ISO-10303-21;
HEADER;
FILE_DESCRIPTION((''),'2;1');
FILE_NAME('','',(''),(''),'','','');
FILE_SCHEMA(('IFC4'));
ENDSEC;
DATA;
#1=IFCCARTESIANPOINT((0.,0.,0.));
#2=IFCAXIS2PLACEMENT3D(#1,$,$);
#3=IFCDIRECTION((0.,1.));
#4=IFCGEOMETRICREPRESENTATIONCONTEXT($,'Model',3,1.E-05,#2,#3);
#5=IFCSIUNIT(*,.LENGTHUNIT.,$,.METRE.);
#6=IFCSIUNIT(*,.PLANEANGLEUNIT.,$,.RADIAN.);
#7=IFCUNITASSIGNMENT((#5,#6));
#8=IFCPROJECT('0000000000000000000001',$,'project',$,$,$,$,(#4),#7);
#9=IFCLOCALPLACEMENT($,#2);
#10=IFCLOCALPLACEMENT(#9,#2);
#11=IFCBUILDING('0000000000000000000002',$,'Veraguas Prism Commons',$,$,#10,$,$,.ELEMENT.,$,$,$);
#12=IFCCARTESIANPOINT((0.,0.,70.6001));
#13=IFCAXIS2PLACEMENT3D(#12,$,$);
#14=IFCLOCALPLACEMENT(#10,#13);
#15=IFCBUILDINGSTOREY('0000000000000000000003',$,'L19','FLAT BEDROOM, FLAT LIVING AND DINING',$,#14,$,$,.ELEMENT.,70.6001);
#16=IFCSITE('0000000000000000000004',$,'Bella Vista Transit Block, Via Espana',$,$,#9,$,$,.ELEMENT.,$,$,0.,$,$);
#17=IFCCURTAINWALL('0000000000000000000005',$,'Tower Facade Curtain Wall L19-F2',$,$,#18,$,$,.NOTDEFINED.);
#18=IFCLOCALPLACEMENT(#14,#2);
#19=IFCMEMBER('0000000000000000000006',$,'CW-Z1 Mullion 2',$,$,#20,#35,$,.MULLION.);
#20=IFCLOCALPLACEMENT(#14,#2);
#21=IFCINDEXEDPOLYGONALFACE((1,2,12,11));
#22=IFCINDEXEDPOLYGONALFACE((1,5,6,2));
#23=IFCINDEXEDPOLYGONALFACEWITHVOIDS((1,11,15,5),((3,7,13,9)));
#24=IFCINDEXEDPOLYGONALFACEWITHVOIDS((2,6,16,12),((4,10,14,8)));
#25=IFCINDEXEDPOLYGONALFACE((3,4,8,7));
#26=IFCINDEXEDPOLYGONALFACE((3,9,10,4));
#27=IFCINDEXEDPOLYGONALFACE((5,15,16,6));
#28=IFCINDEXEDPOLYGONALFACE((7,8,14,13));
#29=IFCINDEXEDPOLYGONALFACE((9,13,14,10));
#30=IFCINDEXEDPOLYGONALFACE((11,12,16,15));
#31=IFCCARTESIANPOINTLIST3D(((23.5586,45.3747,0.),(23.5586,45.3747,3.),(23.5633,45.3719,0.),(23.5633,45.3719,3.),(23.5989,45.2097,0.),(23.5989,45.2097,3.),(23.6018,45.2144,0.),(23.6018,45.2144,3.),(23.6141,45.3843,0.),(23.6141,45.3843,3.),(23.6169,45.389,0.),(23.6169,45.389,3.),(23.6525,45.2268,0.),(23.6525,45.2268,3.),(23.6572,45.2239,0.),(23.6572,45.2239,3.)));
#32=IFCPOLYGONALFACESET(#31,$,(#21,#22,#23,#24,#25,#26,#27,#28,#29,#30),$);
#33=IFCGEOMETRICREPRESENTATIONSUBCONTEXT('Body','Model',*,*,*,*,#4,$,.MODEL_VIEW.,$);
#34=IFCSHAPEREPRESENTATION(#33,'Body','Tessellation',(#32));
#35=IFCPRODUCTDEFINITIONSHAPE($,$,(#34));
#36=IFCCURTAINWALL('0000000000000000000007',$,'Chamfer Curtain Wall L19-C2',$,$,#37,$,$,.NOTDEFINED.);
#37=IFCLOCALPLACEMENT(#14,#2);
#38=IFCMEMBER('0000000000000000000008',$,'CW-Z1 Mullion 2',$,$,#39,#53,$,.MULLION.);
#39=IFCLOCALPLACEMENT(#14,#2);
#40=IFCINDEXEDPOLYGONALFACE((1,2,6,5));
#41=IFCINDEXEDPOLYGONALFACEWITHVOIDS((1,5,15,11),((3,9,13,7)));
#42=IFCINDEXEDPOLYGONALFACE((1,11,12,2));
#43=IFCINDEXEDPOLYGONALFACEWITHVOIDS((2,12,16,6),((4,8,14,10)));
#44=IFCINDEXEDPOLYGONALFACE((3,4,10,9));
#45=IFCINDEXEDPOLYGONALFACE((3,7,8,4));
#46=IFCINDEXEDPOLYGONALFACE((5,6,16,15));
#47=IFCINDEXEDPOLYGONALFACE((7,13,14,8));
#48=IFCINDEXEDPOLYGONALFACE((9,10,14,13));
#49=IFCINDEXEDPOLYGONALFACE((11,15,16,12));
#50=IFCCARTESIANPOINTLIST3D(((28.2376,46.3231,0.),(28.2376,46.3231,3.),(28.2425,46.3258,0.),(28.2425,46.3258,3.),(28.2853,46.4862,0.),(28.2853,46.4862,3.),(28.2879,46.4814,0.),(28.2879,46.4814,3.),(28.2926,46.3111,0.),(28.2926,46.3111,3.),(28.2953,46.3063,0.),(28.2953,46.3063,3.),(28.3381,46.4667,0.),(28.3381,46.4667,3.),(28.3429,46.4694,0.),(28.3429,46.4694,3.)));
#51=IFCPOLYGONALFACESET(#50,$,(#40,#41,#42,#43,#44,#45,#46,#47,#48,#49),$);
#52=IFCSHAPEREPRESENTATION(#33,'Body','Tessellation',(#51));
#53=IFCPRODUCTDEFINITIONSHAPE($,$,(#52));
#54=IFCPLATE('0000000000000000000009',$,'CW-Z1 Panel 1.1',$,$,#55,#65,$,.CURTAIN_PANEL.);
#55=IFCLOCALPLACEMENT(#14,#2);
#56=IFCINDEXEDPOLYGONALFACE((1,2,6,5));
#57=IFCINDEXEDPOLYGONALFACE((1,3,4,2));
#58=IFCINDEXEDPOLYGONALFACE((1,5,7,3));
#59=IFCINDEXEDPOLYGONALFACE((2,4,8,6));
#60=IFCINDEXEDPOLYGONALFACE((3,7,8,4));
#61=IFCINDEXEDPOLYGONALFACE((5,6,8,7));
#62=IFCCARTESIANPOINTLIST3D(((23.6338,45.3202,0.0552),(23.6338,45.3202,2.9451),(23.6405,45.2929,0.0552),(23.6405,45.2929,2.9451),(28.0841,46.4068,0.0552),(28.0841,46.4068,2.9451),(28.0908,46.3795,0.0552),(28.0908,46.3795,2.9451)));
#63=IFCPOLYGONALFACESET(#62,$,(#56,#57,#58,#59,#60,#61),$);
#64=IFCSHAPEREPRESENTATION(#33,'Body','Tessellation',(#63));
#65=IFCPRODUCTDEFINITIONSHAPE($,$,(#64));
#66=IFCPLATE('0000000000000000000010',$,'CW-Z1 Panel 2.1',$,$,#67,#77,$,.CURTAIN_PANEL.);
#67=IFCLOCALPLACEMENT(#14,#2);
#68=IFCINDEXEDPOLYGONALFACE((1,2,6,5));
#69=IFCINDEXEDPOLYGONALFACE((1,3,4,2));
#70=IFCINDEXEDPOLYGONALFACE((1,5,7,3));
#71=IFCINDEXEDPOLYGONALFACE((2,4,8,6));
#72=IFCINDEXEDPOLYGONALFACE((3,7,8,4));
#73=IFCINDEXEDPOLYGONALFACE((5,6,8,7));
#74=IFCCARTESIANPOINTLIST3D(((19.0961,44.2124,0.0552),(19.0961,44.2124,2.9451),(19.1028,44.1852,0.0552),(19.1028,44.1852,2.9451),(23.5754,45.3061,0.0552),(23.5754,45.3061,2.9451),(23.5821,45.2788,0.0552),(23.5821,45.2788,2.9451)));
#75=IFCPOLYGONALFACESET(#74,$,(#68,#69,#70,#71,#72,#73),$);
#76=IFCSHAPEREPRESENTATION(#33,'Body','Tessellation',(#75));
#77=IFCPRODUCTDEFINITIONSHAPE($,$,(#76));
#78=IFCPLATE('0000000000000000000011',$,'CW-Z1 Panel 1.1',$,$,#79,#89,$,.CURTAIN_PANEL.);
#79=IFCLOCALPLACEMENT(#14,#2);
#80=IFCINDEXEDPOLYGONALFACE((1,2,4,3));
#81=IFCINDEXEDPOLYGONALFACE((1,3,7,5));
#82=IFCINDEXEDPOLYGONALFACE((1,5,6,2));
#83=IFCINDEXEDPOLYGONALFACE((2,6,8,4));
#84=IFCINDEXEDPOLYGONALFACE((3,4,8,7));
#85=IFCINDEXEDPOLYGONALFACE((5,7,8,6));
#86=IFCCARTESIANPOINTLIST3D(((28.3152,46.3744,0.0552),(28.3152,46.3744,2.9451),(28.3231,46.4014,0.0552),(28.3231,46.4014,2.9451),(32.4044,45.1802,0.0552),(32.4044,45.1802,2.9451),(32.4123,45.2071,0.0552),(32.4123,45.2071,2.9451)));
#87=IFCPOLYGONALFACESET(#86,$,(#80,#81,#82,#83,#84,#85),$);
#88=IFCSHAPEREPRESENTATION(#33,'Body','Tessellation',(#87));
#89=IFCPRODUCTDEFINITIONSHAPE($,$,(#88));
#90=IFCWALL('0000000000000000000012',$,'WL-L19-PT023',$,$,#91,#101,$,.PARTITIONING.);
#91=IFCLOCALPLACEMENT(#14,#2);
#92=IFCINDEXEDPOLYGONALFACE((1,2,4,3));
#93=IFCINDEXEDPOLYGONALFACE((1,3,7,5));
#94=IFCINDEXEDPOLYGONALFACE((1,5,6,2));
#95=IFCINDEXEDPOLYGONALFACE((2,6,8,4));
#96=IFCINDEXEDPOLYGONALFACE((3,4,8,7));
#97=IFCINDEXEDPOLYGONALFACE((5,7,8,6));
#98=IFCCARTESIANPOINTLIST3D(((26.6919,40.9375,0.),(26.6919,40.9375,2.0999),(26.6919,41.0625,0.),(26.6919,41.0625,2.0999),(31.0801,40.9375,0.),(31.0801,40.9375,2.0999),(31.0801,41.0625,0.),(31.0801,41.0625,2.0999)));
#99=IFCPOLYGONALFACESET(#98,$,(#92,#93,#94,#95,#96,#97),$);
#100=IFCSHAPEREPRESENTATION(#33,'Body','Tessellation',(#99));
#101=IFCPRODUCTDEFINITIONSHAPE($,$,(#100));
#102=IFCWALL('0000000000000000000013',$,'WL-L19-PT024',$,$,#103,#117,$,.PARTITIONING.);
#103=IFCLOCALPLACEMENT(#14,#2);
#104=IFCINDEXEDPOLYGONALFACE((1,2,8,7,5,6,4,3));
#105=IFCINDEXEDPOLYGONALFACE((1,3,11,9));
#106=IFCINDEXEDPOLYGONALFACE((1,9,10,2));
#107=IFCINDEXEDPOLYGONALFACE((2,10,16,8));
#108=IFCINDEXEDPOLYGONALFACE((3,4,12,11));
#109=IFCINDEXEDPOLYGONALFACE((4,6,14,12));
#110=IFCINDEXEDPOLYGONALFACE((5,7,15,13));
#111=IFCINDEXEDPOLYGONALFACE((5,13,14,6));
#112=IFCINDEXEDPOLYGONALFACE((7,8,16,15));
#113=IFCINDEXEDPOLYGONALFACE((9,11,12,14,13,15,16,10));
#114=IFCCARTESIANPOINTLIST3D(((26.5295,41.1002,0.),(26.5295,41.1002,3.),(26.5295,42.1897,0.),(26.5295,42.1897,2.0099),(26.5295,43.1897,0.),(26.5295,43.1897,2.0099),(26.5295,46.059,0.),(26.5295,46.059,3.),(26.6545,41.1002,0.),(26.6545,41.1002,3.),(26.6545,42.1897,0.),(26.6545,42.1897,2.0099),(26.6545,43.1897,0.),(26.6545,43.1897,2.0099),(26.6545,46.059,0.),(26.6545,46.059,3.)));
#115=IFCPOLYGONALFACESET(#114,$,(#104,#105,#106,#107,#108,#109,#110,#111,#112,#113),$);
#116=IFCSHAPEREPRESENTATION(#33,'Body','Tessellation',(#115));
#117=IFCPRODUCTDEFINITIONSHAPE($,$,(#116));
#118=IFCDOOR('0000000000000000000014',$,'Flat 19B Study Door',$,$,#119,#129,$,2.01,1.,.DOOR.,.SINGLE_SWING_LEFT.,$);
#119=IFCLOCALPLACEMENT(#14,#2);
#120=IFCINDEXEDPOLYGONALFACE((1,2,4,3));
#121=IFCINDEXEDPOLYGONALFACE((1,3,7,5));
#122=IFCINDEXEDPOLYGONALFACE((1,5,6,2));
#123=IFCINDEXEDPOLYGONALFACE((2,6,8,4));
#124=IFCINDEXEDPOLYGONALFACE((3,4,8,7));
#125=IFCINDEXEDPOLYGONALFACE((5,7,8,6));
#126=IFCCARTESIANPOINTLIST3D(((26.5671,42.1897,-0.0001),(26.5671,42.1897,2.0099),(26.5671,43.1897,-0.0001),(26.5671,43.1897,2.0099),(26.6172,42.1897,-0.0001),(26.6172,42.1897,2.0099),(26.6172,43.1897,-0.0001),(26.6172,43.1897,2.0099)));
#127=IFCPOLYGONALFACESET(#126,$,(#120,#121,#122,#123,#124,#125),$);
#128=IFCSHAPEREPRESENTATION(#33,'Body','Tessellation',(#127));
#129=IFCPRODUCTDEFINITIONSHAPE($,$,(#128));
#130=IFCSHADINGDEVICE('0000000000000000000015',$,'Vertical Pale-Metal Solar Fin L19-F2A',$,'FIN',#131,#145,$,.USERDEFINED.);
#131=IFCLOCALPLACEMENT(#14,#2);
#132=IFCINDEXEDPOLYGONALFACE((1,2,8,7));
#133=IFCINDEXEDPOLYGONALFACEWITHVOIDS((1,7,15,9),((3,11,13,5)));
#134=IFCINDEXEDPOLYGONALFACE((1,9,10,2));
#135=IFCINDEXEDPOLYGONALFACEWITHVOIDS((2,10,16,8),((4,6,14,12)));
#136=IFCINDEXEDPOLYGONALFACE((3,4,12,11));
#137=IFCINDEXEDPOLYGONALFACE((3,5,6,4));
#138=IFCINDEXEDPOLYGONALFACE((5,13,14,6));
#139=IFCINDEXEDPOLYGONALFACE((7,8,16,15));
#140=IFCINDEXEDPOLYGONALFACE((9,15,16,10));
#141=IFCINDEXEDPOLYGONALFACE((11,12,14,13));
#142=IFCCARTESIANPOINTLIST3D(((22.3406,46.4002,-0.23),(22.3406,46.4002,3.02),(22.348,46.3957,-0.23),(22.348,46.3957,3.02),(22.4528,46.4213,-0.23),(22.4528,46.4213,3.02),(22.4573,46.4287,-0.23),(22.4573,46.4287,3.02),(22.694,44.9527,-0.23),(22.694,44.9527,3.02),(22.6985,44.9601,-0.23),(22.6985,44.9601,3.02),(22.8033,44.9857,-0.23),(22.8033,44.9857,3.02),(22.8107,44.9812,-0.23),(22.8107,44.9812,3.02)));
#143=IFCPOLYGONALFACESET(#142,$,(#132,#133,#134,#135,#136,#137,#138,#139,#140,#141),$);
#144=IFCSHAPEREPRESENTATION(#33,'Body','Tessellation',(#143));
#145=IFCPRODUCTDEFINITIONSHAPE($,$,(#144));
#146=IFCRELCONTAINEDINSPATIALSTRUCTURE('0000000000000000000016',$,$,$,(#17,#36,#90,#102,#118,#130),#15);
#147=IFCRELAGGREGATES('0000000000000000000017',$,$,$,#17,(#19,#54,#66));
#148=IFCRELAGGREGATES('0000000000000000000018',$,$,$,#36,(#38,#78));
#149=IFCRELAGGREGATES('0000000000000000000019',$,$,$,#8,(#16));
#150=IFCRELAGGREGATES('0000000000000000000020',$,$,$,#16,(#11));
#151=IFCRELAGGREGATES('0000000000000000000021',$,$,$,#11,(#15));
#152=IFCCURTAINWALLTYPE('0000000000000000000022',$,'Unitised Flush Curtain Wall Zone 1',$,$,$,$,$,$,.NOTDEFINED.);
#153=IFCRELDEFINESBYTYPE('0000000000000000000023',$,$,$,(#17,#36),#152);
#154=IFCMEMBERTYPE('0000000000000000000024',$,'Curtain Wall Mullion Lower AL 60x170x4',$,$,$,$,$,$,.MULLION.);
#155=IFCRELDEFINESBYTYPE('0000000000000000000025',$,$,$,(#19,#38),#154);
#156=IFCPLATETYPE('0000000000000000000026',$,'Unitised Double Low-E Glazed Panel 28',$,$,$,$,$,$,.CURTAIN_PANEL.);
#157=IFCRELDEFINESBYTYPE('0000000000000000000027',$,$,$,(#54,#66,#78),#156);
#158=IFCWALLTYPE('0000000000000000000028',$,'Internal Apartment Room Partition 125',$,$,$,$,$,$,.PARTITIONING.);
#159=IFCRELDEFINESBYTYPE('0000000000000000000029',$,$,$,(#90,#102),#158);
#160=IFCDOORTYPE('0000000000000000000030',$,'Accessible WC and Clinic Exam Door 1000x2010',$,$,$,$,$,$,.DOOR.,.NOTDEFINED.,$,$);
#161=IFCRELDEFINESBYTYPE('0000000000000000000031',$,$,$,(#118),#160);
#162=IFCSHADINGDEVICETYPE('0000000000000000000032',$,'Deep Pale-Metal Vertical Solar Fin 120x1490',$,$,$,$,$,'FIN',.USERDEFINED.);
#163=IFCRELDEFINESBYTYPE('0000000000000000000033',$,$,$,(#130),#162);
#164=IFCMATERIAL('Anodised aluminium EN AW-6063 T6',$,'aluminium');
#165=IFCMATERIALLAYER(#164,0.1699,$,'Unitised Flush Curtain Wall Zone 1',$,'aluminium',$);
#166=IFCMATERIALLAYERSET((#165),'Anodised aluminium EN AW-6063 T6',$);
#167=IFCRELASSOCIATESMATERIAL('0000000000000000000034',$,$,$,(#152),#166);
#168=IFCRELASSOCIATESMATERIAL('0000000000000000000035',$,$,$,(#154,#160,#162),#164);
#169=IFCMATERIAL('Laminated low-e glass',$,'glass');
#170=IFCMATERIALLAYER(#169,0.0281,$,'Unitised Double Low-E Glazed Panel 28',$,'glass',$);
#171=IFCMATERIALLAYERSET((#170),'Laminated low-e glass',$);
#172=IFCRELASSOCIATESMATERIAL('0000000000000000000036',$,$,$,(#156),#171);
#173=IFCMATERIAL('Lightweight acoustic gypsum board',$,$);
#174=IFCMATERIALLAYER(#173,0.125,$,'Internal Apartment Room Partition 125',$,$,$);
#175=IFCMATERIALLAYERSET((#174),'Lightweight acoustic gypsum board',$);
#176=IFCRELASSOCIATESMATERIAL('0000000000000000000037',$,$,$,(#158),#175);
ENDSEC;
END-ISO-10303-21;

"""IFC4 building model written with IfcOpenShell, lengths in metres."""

from ifc_helpers import new_model, si_unit, direction, frame, frame_2d, origin, origin_2d, place, context, subcontext, project, spatial, rectangle, hollow_rectangle, extrude, source, transform, mapped, material, layer, layer_set, material_profile, profile_set, type_object, element, fill, aggregate, save


model = new_model("IFC4")

# Units and contexts
model_context = context("Model", 3, precision=1e-05, world=origin(), true_north=direction((0.0, 1.0)))
body_context = subcontext(model_context, "Body", "Model", "MODEL_VIEW")
ifc_project = project(units=[si_unit("LENGTHUNIT", "METRE"), si_unit("PLANEANGLEUNIT", "RADIAN")], contexts=[model_context])

# Site, building, storey
site_placement = place(None, origin())
site = spatial("IfcSite", under=ifc_project, at=site_placement, Name="Bella Vista Transit Block, Via Espana", CompositionType="ELEMENT", RefElevation=0.0)
building_placement = place(site_placement, origin())
building = spatial("IfcBuilding", under=site, at=building_placement, Name="Veraguas Prism Commons", CompositionType="ELEMENT")
storey_placement = place(building_placement, frame((0.0, 0.0, 70.6001)))
storey = spatial("IfcBuildingStorey", under=building, at=storey_placement, Name="L19", Description="FLAT BEDROOM, FLAT LIVING AND DINING", CompositionType="ELEMENT", Elevation=70.6001)

# Curtain wall, member
ifc_material_1 = material(Name="Anodised aluminium EN AW-6063 T6", Category="aluminium")
ifc_layer_1 = layer(ifc_material_1, 0.1699, Name="Unitised Flush Curtain Wall Zone 1", Category="aluminium")
ifc_layer_set_1 = layer_set([ifc_layer_1], Name="Anodised aluminium EN AW-6063 T6")
curtain_wall_type = type_object("IfcCurtainWallType", Name="Unitised Flush Curtain Wall Zone 1", PredefinedType="NOTDEFINED", material=ifc_layer_set_1)
curtain_wall_1_placement = place(storey_placement, origin())
curtain_wall_1 = element("IfcCurtainWall", 1, at=curtain_wall_1_placement, inside=storey, type_object=curtain_wall_type, Name="Tower Facade Curtain Wall L19-F2", PredefinedType="NOTDEFINED")
ifc_material_profile_1 = material_profile(ifc_material_1, hollow_rectangle(XDim=0.0601, YDim=0.1699, WallThickness=0.0039, at=origin_2d()), Name="AL60X170X4")
ifc_profile_set_1 = profile_set([ifc_material_profile_1], Name="Anodised aluminium EN AW-6063 T6")
member_type_1 = type_object("IfcMemberType", Name="Curtain Wall Mullion Lower AL 60x170x4", PredefinedType="MULLION", material=ifc_profile_set_1)
shared_shape_1 = source(origin(), body_context, "Body", "SweptSolid", [
    extrude(hollow_rectangle(XDim=0.0601, YDim=0.1699, WallThickness=0.0039, at=origin_2d()), origin(), (0.0, 0.0, 1.0), 3.0),
])
member_1_placement = place(storey_placement, frame((23.6079, 45.2993, 0.0), z_axis=(0.0, 0.0, 1.0), x_axis=(-0.971465, -0.237184, 0.0)))
member_1 = element("IfcMember", 2, at=member_1_placement, type_object=member_type_1, Name="CW-Z1 Mullion 2", PredefinedType="MULLION", context=body_context, shape_type="MappedRepresentation", body=[
    mapped(shared_shape_1, transform((0.0, 0.0, 0.0), scale=1.0)),
])

# Curtain wall, member
curtain_wall_2_placement = place(storey_placement, origin())
curtain_wall_2 = element("IfcCurtainWall", 3, at=curtain_wall_2_placement, inside=storey, type_object=curtain_wall_type, Name="Chamfer Curtain Wall L19-C2", PredefinedType="NOTDEFINED")
member_2_placement = place(storey_placement, frame((28.2903, 46.3962, 0.0), z_axis=(0.0, 0.0, 1.0), x_axis=(-0.959901, 0.28034, 0.0)))
member_2 = element("IfcMember", 4, at=member_2_placement, type_object=member_type_1, Name="CW-Z1 Mullion 2", PredefinedType="MULLION", context=body_context, shape_type="MappedRepresentation", body=[
    mapped(shared_shape_1, transform((0.0, 0.0, 0.0), scale=1.0)),
])

# Plates
ifc_material_2 = material(Name="Laminated low-e glass", Category="glass")
ifc_layer_2 = layer(ifc_material_2, 0.0281, Name="Unitised Double Low-E Glazed Panel 28", Category="glass")
ifc_layer_set_2 = layer_set([ifc_layer_2], Name="Laminated low-e glass")
plate_type = type_object("IfcPlateType", Name="Unitised Double Low-E Glazed Panel 28", PredefinedType="CURTAIN_PANEL", material=ifc_layer_set_2)
shared_shape_2 = source(origin(), body_context, "Body", "SweptSolid", [
    extrude(rectangle(XDim=4.5811, YDim=0.0281, at=origin_2d()), origin(), (0.0, 0.0, 1.0), 2.8899),
])
plate_1_placement = place(storey_placement, frame((25.8623, 45.8499, 0.0552), z_axis=(0.0, 0.0, 1.0), x_axis=(-0.971465, -0.237184, 0.0)))
plate_1 = element("IfcPlate", 5, at=plate_1_placement, type_object=plate_type, Name="CW-Z1 Panel 1.1", PredefinedType="CURTAIN_PANEL", context=body_context, shape_type="MappedRepresentation", body=[
    mapped(shared_shape_2, transform((0.0, 0.0, 0.0), scale=1.0)),
])
shared_shape_3 = source(origin(), body_context, "Body", "SweptSolid", [
    extrude(rectangle(XDim=4.6108, YDim=0.0281, at=origin_2d()), origin(), (0.0, 0.0, 1.0), 2.8899),
])
plate_2_placement = place(storey_placement, frame((21.3391, 44.7456, 0.0552), z_axis=(0.0, 0.0, 1.0), x_axis=(-0.971465, -0.237184, 0.0)))
plate_2 = element("IfcPlate", 6, at=plate_2_placement, type_object=plate_type, Name="CW-Z1 Panel 2.1", PredefinedType="CURTAIN_PANEL", context=body_context, shape_type="MappedRepresentation", body=[
    mapped(shared_shape_3, transform((0.0, 0.0, 0.0), scale=1.0)),
])
aggregate(curtain_wall_1, [member_1, plate_1, plate_2])
shared_shape_4 = source(origin(), body_context, "Body", "SweptSolid", [
    extrude(rectangle(XDim=4.26, YDim=0.0281, at=origin_2d()), origin(), (0.0, 0.0, 1.0), 2.8899),
])
plate_3_placement = place(storey_placement, frame((30.3638, 45.7908, 0.0552), z_axis=(0.0, 0.0, 1.0), x_axis=(-0.959901, 0.28034, 0.0)))
plate_3 = element("IfcPlate", 7, at=plate_3_placement, type_object=plate_type, Name="CW-Z1 Panel 1.1", PredefinedType="CURTAIN_PANEL", context=body_context, shape_type="MappedRepresentation", body=[
    mapped(shared_shape_4, transform((0.0, 0.0, 0.0), scale=1.0)),
])
aggregate(curtain_wall_2, [member_2, plate_3])

# Wall
ifc_material_3 = material(Name="Lightweight acoustic gypsum board")
ifc_layer_3 = layer(ifc_material_3, 0.125, Name="Internal Apartment Room Partition 125")
ifc_layer_set_3 = layer_set([ifc_layer_3], Name="Lightweight acoustic gypsum board")
wall_type = type_object("IfcWallType", Name="Internal Apartment Room Partition 125", PredefinedType="PARTITIONING", material=ifc_layer_set_3)
wall_1_placement = place(storey_placement, frame((26.6919, 41.0, 0.0), z_axis=(0.0, 0.0, 1.0), x_axis=(1.0, 0.0, 0.0)))
element("IfcWall", 8, at=wall_1_placement, inside=storey, type_object=wall_type, Name="WL-L19-PT023", PredefinedType="PARTITIONING", context=body_context, shape_type="SweptSolid", body=[
    extrude(rectangle(XDim=4.3882, YDim=0.125, at=frame_2d((2.1941, 0.0))), origin(), (0.0, 0.0, 1.0), 2.0999),
])

# Wall, opening, door
wall_2_placement = place(storey_placement, frame((26.592, 41.1001, 0.0), z_axis=(0.0, 0.0, 1.0), x_axis=(0.0, 1.0, 0.0)))
wall_2 = element("IfcWall", 9, at=wall_2_placement, inside=storey, type_object=wall_type, Name="WL-L19-PT024", PredefinedType="PARTITIONING", context=body_context, shape_type="SweptSolid", body=[
    extrude(rectangle(XDim=4.9587, YDim=0.125, at=frame_2d((2.4795, 0.0))), origin(), (0.0, 0.0, 1.0), 3.0),
])
opening_placement = place(wall_2_placement, frame((1.0896, 0.0, 0.0)))
opening = element("IfcOpeningElement", 10, at=opening_placement, cuts=wall_2, PredefinedType="OPENING", context=body_context, shape_type="SweptSolid", body=[
    extrude(rectangle(XDim=1.0, YDim=2.01, at=frame_2d((0.5, 1.0049))), frame((0.0, 0.0725, 0.0), z_axis=(0.0, -1.0, 0.0), x_axis=(1.0, 0.0, 0.0)), (0.0, 0.0, 1.0), 0.145),
])
door_type = type_object("IfcDoorType", Name="Accessible WC and Clinic Exam Door 1000x2010", OperationType="NOTDEFINED", PredefinedType="DOOR", material=ifc_material_1)
shared_shape_5 = source(origin(), body_context, "Body", "SweptSolid", [
    extrude(rectangle(XDim=1.0, YDim=2.01, at=frame_2d((0.5, 1.0049))), frame((0.0, 0.0249, 0.0), z_axis=(0.0, -1.0, 0.0), x_axis=(1.0, 0.0, 0.0)), (0.0, 0.0, 1.0), 0.05),
])
door_placement = place(opening_placement, origin())
door = element("IfcDoor", 11, at=door_placement, inside=storey, type_object=door_type, Name="Flat 19B Study Door", OperationType="SINGLE_SWING_LEFT", OverallHeight=2.01, OverallWidth=1.0, PredefinedType="DOOR", context=body_context, shape_type="MappedRepresentation", body=[
    mapped(shared_shape_5, transform((0.0, 0.0, 0.0), scale=1.0)),
])
fill(opening, door)

# Shading device
ifc_material_profile_2 = material_profile(ifc_material_1, hollow_rectangle(XDim=0.1201, YDim=1.49, WallThickness=0.0061, at=origin_2d()), Name="FIN120X1490X6")
ifc_profile_set_2 = profile_set([ifc_material_profile_2], Name="Anodised aluminium EN AW-6063 T6")
shading_device_type = type_object("IfcShadingDeviceType", Name="Deep Pale-Metal Vertical Solar Fin 120x1490", ElementType="FIN", PredefinedType="USERDEFINED", material=ifc_profile_set_2)
shading_device_placement = place(storey_placement, frame((22.5757, 45.6907, -0.23), z_axis=(0.0, 0.0, 1.0), x_axis=(-0.971466, -0.237181, 0.0)))
element("IfcShadingDevice", 12, at=shading_device_placement, inside=storey, type_object=shading_device_type, Name="Vertical Pale-Metal Solar Fin L19-F2A", ObjectType="FIN", PredefinedType="USERDEFINED", context=body_context, shape_type="SweptSolid", body=[
    extrude(hollow_rectangle(XDim=0.1201, YDim=1.49, WallThickness=0.0061, at=origin_2d()), origin(), (0.0, 0.0, 1.0), 3.25),
])

save(model, "model.ifc")
